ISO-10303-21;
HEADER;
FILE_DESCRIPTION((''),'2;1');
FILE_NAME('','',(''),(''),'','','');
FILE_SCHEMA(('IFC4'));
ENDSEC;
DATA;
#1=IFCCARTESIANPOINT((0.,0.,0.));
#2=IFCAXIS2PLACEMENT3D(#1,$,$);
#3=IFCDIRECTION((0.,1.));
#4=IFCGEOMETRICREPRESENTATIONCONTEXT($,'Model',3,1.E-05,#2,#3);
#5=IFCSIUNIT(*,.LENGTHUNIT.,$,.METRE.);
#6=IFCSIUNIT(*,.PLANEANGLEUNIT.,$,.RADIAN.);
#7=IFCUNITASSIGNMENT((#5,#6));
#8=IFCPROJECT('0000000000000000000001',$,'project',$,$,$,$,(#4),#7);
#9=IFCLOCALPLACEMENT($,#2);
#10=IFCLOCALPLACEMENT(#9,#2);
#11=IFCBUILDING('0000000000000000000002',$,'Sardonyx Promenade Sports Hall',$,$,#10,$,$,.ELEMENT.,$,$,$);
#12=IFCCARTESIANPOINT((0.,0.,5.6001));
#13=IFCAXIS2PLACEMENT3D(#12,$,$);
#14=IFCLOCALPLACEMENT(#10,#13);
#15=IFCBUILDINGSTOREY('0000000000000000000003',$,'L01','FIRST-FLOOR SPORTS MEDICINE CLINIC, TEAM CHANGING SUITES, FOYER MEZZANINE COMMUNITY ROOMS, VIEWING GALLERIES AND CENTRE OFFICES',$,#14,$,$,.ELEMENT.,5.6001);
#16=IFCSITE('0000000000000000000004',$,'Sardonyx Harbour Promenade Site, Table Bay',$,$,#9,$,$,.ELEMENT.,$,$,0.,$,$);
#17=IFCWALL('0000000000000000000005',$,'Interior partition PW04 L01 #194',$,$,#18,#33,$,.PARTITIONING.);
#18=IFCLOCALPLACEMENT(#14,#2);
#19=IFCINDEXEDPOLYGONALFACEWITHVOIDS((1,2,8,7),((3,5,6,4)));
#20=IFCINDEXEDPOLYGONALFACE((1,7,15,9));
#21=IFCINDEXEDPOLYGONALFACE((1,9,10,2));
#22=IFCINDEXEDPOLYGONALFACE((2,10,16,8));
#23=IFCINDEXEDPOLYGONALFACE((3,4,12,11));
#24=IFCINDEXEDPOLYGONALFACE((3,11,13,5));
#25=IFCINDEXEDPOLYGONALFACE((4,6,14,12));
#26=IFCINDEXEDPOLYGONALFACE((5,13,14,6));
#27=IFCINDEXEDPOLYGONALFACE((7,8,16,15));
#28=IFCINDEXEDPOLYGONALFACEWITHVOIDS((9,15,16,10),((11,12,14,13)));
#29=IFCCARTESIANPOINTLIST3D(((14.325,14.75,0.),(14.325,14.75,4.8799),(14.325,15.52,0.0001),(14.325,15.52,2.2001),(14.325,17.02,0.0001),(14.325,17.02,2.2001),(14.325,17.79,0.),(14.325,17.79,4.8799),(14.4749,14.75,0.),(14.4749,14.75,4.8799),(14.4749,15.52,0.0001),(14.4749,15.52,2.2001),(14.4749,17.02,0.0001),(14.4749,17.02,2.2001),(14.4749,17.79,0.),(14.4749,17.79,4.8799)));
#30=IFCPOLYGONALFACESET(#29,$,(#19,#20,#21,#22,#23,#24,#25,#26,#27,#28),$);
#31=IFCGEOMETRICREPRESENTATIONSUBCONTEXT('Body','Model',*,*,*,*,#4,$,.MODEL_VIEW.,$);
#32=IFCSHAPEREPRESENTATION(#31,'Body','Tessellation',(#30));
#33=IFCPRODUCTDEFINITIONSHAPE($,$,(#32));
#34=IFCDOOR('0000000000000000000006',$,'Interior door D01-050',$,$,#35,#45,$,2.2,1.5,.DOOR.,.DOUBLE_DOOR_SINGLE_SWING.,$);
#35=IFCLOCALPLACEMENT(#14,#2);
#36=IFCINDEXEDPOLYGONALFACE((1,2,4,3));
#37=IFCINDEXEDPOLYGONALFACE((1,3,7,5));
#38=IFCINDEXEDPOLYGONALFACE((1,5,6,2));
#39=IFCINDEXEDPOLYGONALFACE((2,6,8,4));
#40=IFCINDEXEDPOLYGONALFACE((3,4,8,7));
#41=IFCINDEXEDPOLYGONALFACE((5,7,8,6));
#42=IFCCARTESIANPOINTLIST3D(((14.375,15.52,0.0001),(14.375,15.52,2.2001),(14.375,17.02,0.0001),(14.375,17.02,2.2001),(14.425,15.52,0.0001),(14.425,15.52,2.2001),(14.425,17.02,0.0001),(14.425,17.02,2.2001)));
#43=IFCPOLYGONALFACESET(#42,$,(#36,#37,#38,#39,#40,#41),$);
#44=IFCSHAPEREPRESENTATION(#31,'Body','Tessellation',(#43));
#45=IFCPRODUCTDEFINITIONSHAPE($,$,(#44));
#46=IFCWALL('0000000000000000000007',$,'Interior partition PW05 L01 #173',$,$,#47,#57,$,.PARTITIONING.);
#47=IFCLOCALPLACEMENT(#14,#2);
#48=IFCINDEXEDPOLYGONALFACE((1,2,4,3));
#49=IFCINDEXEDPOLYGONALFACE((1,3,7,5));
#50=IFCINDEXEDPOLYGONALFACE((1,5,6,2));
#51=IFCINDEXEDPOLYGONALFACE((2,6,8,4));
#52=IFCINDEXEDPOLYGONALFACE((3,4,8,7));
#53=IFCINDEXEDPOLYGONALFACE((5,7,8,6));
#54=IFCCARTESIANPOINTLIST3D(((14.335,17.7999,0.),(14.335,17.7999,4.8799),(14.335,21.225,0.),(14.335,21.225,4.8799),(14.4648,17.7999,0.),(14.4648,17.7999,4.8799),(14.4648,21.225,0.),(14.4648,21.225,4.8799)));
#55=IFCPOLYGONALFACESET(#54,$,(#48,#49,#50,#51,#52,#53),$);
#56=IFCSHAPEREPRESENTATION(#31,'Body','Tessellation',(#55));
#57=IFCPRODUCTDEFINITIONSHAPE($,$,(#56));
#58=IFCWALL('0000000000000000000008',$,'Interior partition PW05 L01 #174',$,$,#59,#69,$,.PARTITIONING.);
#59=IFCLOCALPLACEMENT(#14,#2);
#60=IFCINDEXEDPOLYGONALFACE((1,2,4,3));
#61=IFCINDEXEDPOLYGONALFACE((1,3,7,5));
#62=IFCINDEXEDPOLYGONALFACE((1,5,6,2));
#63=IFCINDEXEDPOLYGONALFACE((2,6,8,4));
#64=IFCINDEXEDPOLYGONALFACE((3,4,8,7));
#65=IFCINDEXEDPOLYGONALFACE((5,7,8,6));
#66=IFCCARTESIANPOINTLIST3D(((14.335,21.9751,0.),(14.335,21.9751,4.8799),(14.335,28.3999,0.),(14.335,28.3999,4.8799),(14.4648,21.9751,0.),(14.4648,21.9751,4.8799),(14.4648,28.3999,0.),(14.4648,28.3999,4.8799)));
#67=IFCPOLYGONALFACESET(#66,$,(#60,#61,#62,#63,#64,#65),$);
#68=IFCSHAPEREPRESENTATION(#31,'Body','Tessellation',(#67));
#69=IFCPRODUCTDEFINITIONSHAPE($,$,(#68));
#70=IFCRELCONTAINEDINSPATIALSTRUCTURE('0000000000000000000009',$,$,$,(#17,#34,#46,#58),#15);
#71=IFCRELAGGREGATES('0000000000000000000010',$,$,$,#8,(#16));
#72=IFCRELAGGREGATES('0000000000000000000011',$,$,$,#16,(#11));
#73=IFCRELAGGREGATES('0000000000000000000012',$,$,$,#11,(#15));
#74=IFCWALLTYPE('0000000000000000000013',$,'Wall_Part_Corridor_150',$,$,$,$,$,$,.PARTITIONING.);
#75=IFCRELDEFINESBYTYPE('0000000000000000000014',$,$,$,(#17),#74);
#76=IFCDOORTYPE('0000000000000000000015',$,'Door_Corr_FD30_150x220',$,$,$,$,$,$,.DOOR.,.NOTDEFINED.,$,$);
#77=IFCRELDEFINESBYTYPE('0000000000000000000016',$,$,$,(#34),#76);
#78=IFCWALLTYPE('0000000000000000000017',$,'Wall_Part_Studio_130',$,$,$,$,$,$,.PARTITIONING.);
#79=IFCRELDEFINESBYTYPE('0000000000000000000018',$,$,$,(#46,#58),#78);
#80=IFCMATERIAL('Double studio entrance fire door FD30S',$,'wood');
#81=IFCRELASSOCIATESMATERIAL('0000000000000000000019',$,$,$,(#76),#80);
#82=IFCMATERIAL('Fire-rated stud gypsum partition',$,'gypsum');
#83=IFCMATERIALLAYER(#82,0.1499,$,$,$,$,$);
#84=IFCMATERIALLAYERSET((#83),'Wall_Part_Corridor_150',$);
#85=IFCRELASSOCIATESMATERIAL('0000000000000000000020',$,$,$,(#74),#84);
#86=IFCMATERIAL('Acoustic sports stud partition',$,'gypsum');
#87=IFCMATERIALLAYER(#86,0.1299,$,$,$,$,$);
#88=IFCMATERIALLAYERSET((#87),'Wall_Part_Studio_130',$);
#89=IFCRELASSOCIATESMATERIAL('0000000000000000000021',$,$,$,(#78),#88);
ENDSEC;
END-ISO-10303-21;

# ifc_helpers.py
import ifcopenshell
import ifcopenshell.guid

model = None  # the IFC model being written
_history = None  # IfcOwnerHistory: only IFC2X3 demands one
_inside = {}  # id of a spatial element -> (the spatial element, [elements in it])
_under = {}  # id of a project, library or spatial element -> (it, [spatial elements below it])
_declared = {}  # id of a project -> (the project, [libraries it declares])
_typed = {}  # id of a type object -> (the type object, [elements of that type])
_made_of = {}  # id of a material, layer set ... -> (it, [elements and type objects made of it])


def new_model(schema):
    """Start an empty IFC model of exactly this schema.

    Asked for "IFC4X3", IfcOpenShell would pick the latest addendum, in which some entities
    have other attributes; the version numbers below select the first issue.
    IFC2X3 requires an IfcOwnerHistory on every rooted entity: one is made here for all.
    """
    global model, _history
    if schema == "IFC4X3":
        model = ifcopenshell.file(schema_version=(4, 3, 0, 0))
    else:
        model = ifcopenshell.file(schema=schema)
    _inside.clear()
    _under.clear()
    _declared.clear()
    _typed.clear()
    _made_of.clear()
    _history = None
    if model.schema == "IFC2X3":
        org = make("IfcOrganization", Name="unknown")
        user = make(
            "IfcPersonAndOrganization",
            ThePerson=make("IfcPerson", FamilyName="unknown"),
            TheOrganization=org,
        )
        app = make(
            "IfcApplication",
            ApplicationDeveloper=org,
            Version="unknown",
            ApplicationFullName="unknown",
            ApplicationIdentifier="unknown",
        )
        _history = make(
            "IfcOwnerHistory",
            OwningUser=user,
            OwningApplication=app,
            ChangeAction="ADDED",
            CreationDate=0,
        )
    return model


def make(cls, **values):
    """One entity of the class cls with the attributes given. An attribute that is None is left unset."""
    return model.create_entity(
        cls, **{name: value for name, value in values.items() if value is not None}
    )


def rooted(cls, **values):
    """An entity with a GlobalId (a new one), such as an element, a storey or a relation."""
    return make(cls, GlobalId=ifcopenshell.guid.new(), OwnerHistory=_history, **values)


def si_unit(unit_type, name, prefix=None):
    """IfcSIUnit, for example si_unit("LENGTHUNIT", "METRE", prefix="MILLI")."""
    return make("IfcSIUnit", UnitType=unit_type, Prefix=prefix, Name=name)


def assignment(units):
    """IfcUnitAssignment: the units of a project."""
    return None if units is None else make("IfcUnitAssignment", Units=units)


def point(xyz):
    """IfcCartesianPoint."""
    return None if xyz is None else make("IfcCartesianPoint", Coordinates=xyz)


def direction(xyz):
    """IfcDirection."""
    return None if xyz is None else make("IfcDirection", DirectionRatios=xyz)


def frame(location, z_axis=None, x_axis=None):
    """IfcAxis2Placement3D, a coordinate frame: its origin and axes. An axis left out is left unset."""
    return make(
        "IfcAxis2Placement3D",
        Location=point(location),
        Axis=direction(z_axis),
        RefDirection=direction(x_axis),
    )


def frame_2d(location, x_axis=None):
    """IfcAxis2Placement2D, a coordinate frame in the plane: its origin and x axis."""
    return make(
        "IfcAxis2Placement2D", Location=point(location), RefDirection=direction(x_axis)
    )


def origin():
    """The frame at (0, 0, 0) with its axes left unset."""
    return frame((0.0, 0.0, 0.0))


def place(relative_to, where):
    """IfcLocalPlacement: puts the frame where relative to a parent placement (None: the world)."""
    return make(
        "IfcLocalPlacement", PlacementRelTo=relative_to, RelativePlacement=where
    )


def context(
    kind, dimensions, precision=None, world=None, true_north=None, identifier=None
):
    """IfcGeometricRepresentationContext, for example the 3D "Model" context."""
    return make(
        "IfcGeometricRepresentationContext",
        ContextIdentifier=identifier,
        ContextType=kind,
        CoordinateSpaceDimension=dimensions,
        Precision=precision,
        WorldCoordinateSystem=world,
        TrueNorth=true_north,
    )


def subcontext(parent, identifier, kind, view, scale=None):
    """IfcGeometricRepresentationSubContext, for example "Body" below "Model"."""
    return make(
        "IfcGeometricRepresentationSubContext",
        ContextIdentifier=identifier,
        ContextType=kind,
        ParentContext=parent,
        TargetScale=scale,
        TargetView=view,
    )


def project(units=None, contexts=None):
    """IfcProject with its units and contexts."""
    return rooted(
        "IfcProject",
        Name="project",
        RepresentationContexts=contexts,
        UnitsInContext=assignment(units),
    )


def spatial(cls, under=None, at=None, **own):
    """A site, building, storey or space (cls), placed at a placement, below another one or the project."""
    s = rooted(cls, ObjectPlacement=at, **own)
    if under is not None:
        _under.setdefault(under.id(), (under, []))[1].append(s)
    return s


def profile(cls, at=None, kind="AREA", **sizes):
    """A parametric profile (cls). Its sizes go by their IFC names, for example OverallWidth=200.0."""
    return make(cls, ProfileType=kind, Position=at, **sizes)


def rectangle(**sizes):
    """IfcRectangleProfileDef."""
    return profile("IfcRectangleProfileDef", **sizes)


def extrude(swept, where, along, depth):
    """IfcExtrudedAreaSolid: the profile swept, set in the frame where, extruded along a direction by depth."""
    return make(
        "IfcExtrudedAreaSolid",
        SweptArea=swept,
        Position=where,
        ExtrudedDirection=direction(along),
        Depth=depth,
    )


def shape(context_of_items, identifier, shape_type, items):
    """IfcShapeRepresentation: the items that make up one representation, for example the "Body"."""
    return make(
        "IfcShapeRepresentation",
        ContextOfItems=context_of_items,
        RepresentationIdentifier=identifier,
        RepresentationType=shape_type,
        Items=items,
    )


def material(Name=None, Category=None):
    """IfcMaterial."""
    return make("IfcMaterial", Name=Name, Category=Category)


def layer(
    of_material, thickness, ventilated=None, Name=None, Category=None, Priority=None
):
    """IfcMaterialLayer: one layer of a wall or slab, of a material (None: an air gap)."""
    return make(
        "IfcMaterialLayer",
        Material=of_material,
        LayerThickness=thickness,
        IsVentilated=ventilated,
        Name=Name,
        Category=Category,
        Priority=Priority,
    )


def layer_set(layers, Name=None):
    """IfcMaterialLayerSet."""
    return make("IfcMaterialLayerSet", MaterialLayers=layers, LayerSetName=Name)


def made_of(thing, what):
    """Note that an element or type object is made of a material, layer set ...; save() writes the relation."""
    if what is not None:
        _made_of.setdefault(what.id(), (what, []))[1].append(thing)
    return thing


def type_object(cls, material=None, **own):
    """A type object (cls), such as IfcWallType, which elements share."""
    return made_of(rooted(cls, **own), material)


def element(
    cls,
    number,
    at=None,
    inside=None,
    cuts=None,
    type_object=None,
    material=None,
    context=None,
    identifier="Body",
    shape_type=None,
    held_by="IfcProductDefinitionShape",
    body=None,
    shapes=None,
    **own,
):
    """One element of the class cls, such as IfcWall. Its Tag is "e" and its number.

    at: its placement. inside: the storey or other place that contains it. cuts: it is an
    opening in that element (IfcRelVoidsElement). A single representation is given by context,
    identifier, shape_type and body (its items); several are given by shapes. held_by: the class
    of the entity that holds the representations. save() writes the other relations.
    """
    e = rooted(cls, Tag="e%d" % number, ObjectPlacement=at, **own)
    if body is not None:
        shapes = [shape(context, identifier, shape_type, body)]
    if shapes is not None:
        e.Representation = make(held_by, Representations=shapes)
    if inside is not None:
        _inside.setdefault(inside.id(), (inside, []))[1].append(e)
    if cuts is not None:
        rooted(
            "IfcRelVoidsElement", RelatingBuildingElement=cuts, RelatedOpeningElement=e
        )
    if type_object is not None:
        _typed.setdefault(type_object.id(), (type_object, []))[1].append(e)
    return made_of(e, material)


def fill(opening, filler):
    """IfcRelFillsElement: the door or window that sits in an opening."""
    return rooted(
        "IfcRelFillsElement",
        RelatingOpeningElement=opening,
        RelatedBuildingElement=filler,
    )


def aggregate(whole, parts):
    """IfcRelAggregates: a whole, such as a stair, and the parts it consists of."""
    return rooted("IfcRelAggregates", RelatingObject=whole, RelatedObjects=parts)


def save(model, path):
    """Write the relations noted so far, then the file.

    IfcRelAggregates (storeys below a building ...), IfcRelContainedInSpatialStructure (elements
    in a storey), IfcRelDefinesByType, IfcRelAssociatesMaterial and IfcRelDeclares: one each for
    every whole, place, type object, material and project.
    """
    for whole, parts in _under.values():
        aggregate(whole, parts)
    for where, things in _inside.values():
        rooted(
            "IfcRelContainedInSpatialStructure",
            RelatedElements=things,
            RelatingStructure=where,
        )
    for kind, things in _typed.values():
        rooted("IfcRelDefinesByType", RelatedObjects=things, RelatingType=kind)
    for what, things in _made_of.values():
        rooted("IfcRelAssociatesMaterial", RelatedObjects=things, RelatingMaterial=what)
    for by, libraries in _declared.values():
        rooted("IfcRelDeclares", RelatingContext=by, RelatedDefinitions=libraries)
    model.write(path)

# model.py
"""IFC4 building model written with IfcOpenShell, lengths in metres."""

from ifc_helpers import new_model, si_unit, direction, frame, frame_2d, origin, place, context, subcontext, project, spatial, rectangle, extrude, material, layer, layer_set, type_object, element, fill, save


model = new_model("IFC4")

# Units and contexts
model_context = context("Model", 3, precision=1e-05, world=origin(), true_north=direction((0.0, 1.0)))
body_context = subcontext(model_context, "Body", "Model", "MODEL_VIEW")
ifc_project = project(units=[si_unit("LENGTHUNIT", "METRE"), si_unit("PLANEANGLEUNIT", "RADIAN")], contexts=[model_context])

# Site, building, storey
site_placement = place(None, origin())
site = spatial("IfcSite", under=ifc_project, at=site_placement, Name="Sardonyx Harbour Promenade Site, Table Bay", CompositionType="ELEMENT", RefElevation=0.0)
building_placement = place(site_placement, origin())
building = spatial("IfcBuilding", under=site, at=building_placement, Name="Sardonyx Promenade Sports Hall", CompositionType="ELEMENT")
storey_placement = place(building_placement, frame((0.0, 0.0, 5.6001)))
storey = spatial("IfcBuildingStorey", under=building, at=storey_placement, Name="L01", Description="FIRST-FLOOR SPORTS MEDICINE CLINIC, TEAM CHANGING SUITES, FOYER MEZZANINE COMMUNITY ROOMS, VIEWING GALLERIES AND CENTRE OFFICES", CompositionType="ELEMENT", Elevation=5.6001)

# Shared definitions
ifc_material_1 = material(Name="Double studio entrance fire door FD30S", Category="wood")
door_type = type_object("IfcDoorType", Name="Door_Corr_FD30_150x220", OperationType="NOTDEFINED", PredefinedType="DOOR", material=ifc_material_1)

# Wall, opening, door
ifc_material_2 = material(Name="Fire-rated stud gypsum partition", Category="gypsum")
ifc_layer_1 = layer(ifc_material_2, 0.1499)
ifc_layer_set_1 = layer_set([ifc_layer_1], Name="Wall_Part_Corridor_150")
wall_type_1 = type_object("IfcWallType", Name="Wall_Part_Corridor_150", PredefinedType="PARTITIONING", material=ifc_layer_set_1)
wall_1_placement = place(storey_placement, frame((14.3999, 14.75, 0.0), z_axis=(0.0, 0.0, 1.0), x_axis=(0.0, 1.0, 0.0)))
wall_1 = element("IfcWall", 1, at=wall_1_placement, inside=storey, type_object=wall_type_1, Name="Interior partition PW04 L01 #194", PredefinedType="PARTITIONING", context=body_context, shape_type="SweptSolid", body=[
    extrude(rectangle(XDim=3.04, YDim=0.1499, at=frame_2d((1.52, 0.0))), origin(), (0.0, 0.0, 1.0), 4.8799),
])
opening_1_placement = place(wall_1_placement, frame((0.77, 0.0, 0.0)))
opening_1 = element("IfcOpeningElement", 2, at=opening_1_placement, cuts=wall_1, PredefinedType="OPENING", context=body_context, shape_type="SweptSolid", body=[
    extrude(rectangle(XDim=1.5, YDim=2.2, at=frame_2d((0.75, 1.1001))), frame((0.0, 0.085, 0.0), z_axis=(0.0, -1.0, 0.0), x_axis=(1.0, 0.0, 0.0)), (0.0, 0.0, 1.0), 0.17),
])
door_1_placement = place(opening_1_placement, origin())
door_1 = element("IfcDoor", 3, at=door_1_placement, inside=storey, type_object=door_type, Name="Interior door D01-050", OperationType="DOUBLE_DOOR_SINGLE_SWING", OverallHeight=2.2, OverallWidth=1.5, PredefinedType="DOOR", context=body_context, shape_type="SweptSolid", body=[
    extrude(rectangle(XDim=1.5, YDim=2.2, at=frame_2d((0.75, 1.1001))), frame((0.0, 0.0249, 0.0), z_axis=(0.0, -1.0, 0.0), x_axis=(1.0, 0.0, 0.0)), (0.0, 0.0, 1.0), 0.05),
])
fill(opening_1, door_1)

# Walls
ifc_material_3 = material(Name="Acoustic sports stud partition", Category="gypsum")
ifc_layer_2 = layer(ifc_material_3, 0.1299)
ifc_layer_set_2 = layer_set([ifc_layer_2], Name="Wall_Part_Studio_130")
wall_type_2 = type_object("IfcWallType", Name="Wall_Part_Studio_130", PredefinedType="PARTITIONING", material=ifc_layer_set_2)
wall_2_placement = place(storey_placement, frame((14.3999, 17.8, 0.0), z_axis=(0.0, 0.0, 1.0), x_axis=(0.0, 1.0, 0.0)))
element("IfcWall", 4, at=wall_2_placement, inside=storey, type_object=wall_type_2, Name="Interior partition PW05 L01 #173", PredefinedType="PARTITIONING", context=body_context, shape_type="SweptSolid", body=[
    extrude(rectangle(XDim=3.425, YDim=0.1299, at=frame_2d((1.7124, 0.0))), origin(), (0.0, 0.0, 1.0), 4.8799),
])
wall_3_placement = place(storey_placement, frame((14.3999, 21.9751, 0.0), z_axis=(0.0, 0.0, 1.0), x_axis=(0.0, 1.0, 0.0)))
element("IfcWall", 5, at=wall_3_placement, inside=storey, type_object=wall_type_2, Name="Interior partition PW05 L01 #174", PredefinedType="PARTITIONING", context=body_context, shape_type="SweptSolid", body=[
    extrude(rectangle(XDim=6.4248, YDim=0.1299, at=frame_2d((3.2124, 0.0))), origin(), (0.0, 0.0, 1.0), 4.8799),
])

save(model, "model.ifc")
